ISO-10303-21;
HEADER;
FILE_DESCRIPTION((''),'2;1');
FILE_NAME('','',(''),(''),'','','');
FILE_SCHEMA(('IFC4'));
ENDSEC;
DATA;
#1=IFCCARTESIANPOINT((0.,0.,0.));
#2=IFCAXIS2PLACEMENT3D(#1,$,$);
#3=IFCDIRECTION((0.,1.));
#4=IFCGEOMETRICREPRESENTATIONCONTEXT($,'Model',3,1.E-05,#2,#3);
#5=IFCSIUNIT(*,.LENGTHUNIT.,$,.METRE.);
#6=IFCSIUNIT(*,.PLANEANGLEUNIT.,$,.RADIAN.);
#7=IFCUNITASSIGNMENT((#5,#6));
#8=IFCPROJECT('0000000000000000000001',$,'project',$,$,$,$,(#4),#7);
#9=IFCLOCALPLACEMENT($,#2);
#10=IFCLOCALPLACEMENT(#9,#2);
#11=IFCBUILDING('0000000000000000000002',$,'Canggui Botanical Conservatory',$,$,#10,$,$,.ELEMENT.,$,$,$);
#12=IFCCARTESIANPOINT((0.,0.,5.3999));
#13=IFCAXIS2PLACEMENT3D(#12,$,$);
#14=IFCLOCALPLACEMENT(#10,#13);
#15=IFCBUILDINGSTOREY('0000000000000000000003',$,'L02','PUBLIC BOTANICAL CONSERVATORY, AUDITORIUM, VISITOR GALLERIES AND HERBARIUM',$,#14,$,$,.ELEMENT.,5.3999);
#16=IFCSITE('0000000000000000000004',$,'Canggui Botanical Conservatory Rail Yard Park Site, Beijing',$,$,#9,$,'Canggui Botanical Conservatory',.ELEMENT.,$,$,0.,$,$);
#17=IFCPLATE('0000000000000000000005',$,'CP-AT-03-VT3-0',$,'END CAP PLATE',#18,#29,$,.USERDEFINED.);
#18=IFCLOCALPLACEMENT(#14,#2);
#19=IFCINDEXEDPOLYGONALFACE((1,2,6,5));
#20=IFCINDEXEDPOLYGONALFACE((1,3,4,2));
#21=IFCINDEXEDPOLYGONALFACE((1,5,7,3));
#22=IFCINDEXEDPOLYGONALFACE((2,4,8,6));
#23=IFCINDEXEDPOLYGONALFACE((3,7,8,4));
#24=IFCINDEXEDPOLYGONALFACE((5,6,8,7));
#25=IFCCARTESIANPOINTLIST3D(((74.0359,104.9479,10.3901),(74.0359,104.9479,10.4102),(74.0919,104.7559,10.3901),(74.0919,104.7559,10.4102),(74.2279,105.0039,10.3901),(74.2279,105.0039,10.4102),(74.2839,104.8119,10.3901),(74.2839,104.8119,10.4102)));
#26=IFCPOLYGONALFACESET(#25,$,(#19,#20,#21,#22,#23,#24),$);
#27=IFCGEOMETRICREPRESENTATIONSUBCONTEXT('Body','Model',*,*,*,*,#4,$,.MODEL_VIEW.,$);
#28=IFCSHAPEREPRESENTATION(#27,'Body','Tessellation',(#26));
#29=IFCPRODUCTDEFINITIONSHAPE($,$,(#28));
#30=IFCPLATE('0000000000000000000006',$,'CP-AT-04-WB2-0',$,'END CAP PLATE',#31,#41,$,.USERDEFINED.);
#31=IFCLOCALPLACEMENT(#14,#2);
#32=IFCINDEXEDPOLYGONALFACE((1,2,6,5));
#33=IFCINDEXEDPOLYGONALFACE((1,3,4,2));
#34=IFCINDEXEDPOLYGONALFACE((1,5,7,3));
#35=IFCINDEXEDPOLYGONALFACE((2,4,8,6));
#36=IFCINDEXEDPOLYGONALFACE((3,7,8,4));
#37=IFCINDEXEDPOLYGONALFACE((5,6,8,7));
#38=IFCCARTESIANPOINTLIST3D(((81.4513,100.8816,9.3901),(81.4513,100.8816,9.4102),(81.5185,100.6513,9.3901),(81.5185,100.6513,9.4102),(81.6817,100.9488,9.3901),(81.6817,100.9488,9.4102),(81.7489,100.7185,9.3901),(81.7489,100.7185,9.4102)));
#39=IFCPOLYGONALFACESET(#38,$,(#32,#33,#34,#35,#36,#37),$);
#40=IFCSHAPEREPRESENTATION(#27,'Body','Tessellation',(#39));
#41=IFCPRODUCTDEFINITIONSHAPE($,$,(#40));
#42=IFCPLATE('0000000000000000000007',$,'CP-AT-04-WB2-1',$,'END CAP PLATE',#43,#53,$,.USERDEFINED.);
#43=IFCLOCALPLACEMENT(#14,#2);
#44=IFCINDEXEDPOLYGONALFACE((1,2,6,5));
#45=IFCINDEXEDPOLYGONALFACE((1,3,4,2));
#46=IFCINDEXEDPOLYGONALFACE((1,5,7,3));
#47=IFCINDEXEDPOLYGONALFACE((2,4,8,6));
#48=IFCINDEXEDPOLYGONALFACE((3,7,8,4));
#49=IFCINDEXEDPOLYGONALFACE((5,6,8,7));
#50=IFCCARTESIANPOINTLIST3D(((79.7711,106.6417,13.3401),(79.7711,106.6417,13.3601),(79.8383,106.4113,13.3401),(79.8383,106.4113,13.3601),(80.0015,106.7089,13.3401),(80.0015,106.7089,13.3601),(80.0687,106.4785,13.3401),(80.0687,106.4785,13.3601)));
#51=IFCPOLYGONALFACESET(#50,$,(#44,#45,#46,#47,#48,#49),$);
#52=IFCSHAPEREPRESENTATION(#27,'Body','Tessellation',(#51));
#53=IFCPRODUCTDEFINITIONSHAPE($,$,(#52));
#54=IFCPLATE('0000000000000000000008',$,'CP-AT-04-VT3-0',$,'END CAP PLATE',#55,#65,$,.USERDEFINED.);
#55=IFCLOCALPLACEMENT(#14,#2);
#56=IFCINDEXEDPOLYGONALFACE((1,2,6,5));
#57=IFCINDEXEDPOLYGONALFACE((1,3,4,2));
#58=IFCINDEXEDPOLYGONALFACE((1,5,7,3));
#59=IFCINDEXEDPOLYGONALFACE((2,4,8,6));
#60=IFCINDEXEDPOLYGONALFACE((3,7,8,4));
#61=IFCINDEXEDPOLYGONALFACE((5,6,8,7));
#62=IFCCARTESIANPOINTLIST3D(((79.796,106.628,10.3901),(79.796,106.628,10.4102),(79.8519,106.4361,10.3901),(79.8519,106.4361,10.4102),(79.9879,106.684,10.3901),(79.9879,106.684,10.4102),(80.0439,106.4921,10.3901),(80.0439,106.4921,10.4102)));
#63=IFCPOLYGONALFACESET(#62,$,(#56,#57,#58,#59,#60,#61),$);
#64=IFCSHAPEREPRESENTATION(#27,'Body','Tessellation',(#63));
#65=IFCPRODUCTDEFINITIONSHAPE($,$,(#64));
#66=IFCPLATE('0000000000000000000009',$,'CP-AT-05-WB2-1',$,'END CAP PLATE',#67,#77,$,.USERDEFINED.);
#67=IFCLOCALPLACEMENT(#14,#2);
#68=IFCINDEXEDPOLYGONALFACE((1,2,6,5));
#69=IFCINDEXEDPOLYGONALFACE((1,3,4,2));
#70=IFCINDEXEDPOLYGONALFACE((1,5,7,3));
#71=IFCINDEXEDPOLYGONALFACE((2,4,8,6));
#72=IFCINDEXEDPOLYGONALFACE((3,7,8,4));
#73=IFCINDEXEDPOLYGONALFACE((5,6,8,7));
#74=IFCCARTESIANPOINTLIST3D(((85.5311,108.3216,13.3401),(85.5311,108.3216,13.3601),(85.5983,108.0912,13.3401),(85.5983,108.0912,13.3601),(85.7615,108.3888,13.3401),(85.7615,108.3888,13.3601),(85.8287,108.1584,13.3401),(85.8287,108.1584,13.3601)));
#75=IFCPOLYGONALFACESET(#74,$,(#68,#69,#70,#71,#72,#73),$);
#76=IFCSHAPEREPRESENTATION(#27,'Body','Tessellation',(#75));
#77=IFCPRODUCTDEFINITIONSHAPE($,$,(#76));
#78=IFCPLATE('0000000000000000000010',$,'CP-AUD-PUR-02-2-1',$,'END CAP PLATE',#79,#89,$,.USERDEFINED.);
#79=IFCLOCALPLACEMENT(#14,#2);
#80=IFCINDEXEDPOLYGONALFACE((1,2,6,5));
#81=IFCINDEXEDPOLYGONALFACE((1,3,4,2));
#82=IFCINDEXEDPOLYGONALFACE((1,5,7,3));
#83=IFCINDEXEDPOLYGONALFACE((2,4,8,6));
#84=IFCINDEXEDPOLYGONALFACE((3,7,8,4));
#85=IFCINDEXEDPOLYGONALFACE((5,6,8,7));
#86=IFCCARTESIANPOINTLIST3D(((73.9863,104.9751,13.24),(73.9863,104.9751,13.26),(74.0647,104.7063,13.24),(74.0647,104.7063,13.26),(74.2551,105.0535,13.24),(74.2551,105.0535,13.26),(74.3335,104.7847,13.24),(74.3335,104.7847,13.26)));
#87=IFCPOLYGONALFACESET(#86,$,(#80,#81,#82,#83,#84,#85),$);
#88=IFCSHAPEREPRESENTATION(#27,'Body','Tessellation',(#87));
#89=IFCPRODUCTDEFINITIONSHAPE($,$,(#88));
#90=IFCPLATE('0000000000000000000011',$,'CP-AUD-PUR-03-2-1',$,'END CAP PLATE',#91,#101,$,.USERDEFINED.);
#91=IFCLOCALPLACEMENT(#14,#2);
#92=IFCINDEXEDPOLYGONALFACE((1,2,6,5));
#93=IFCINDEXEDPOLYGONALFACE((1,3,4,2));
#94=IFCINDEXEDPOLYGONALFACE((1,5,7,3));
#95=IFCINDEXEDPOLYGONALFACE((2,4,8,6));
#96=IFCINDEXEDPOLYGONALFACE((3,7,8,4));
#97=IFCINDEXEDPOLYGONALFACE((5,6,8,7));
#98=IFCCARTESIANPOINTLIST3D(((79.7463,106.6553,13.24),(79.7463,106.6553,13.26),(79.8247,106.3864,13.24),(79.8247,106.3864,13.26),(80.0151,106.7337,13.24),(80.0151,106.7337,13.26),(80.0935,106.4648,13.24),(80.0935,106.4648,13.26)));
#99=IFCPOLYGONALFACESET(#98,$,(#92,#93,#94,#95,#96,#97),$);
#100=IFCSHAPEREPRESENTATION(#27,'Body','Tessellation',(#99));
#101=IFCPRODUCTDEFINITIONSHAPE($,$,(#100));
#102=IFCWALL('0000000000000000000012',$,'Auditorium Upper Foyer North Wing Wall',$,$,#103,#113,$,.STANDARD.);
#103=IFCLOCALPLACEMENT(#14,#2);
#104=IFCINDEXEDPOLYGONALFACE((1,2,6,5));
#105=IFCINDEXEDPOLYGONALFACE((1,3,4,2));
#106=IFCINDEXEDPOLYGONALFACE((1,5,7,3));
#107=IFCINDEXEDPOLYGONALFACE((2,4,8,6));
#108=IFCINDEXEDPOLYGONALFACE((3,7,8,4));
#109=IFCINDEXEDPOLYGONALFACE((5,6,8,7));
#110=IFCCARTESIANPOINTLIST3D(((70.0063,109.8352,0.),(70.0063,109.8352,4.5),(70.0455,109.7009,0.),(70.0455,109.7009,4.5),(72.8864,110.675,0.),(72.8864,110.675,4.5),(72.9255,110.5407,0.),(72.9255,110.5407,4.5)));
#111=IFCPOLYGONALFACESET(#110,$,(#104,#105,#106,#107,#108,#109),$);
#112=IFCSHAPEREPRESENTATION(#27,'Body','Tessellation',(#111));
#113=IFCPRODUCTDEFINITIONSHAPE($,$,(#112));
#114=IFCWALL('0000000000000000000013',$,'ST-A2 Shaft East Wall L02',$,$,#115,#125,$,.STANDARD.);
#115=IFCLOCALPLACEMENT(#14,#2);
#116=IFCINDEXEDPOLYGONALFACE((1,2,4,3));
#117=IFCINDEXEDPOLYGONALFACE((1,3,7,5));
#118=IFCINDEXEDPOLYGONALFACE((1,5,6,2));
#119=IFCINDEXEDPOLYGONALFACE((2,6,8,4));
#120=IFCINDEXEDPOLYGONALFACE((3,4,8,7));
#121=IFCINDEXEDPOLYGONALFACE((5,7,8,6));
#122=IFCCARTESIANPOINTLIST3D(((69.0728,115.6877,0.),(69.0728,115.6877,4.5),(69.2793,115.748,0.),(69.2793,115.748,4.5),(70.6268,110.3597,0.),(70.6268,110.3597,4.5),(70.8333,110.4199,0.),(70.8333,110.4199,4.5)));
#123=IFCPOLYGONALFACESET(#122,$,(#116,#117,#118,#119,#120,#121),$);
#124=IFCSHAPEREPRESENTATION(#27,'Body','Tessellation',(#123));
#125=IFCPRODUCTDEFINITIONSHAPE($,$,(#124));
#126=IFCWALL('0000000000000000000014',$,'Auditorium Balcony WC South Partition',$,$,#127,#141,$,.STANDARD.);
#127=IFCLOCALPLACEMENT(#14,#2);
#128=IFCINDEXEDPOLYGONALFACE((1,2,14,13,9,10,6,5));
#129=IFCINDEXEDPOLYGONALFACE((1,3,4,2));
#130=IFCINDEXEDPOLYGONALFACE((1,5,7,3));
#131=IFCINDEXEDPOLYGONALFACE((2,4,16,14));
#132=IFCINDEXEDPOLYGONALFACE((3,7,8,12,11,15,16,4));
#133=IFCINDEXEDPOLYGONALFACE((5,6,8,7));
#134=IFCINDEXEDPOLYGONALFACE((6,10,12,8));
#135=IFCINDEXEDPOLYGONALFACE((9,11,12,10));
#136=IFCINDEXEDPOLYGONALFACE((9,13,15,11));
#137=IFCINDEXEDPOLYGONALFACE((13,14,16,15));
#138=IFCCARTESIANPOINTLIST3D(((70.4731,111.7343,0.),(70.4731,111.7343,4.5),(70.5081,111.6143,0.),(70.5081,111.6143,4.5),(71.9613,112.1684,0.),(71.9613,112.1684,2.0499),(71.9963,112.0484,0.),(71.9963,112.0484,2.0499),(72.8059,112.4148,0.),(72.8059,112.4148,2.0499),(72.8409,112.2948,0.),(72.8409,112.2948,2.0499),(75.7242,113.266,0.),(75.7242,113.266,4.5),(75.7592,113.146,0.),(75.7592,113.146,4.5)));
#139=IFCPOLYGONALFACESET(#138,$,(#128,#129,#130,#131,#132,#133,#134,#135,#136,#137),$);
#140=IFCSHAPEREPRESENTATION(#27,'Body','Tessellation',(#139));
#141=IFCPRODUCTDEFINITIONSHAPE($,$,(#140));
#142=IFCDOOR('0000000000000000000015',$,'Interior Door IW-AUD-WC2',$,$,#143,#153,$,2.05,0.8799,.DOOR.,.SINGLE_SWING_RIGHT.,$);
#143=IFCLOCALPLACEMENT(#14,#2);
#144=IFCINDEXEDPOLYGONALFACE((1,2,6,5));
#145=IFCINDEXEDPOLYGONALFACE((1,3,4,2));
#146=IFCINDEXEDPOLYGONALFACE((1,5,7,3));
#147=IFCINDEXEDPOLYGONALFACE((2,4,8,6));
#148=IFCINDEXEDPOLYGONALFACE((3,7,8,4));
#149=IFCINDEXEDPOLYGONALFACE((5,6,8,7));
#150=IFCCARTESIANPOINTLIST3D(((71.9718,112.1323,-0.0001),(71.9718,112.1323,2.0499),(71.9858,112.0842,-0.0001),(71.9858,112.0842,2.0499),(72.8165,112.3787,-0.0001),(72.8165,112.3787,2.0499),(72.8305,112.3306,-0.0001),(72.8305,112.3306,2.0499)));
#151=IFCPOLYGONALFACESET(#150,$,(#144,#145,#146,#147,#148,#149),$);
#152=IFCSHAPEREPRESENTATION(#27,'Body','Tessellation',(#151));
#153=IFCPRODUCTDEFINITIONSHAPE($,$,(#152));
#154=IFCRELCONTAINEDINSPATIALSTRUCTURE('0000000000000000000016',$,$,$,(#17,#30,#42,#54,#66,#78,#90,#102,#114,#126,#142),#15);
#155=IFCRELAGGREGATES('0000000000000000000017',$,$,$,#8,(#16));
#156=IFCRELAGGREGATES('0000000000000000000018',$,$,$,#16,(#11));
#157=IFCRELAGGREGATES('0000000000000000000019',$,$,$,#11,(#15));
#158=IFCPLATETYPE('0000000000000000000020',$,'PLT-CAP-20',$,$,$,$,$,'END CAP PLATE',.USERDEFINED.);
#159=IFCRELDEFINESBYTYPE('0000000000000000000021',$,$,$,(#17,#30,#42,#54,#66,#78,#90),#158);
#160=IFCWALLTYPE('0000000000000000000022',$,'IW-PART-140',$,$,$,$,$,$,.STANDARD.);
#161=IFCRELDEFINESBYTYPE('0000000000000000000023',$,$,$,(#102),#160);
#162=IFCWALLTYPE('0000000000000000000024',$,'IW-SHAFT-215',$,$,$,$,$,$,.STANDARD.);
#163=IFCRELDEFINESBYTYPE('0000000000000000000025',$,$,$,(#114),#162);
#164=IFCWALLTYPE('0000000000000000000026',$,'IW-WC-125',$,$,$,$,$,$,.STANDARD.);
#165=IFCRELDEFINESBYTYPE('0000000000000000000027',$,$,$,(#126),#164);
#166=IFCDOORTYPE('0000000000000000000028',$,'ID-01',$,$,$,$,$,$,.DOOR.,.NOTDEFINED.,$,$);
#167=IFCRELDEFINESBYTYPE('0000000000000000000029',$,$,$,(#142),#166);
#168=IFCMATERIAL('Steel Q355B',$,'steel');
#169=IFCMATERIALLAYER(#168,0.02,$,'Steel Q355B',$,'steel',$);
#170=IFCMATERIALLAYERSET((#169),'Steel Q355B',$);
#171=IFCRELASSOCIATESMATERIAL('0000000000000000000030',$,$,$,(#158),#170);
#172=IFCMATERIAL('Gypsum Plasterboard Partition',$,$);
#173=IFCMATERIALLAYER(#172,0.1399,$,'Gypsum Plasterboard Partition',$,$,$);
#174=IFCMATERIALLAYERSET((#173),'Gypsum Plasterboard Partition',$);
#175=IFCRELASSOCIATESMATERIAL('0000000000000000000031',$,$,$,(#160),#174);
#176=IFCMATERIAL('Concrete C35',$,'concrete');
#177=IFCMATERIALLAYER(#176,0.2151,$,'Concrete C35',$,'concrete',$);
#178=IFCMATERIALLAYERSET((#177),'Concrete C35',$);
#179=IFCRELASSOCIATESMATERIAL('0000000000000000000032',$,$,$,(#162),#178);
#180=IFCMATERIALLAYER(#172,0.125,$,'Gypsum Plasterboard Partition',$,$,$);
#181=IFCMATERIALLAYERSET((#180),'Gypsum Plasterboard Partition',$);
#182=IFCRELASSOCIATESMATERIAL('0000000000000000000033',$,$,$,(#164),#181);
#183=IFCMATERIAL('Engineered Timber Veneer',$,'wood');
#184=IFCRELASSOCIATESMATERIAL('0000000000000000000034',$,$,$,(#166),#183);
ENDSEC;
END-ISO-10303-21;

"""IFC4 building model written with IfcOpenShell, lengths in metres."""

from ifc_helpers import new_model, si_unit, direction, frame, frame_2d, origin, origin_2d, place, context, subcontext, project, spatial, rectangle, extrude, material, layer, layer_set, type_object, element, fill, save


model = new_model("IFC4")

# Units and contexts
model_context = context("Model", 3, precision=1e-05, world=origin(), true_north=direction((0.0, 1.0)))
body_context = subcontext(model_context, "Body", "Model", "MODEL_VIEW")
ifc_project = project(units=[si_unit("LENGTHUNIT", "METRE"), si_unit("PLANEANGLEUNIT", "RADIAN")], contexts=[model_context])

# Site, building, storey
site_placement = place(None, origin())
site = spatial("IfcSite", under=ifc_project, at=site_placement, Name="Canggui Botanical Conservatory Rail Yard Park Site, Beijing", LongName="Canggui Botanical Conservatory", CompositionType="ELEMENT", RefElevation=0.0)
building_placement = place(site_placement, origin())
building = spatial("IfcBuilding", under=site, at=building_placement, Name="Canggui Botanical Conservatory", CompositionType="ELEMENT")
storey_placement = place(building_placement, frame((0.0, 0.0, 5.3999)))
storey = spatial("IfcBuildingStorey", under=building, at=storey_placement, Name="L02", Description="PUBLIC BOTANICAL CONSERVATORY, AUDITORIUM, VISITOR GALLERIES AND HERBARIUM", CompositionType="ELEMENT", Elevation=5.3999)

# Shared definitions
ifc_material_1 = material(Name="Steel Q355B", Category="steel")

# Plates
ifc_layer_1 = layer(ifc_material_1, 0.02, Name="Steel Q355B", Category="steel")
ifc_layer_set_1 = layer_set([ifc_layer_1], Name="Steel Q355B")
plate_type = type_object("IfcPlateType", Name="PLT-CAP-20", ElementType="END CAP PLATE", PredefinedType="USERDEFINED", material=ifc_layer_set_1)
plate_1_placement = place(storey_placement, frame((74.1599, 104.8799, 10.3901), z_axis=(0.0, 0.0, 1.0), x_axis=(0.96, 0.28, 0.0)))
element("IfcPlate", 1, at=plate_1_placement, inside=storey, type_object=plate_type, Name="CP-AT-03-VT3-0", ObjectType="END CAP PLATE", PredefinedType="USERDEFINED", context=body_context, shape_type="SweptSolid", body=[
    extrude(rectangle(XDim=0.2, YDim=0.2, at=origin_2d()), origin(), (0.0, 0.0, 1.0), 0.02),
])
for number, where, z_axis, x_axis, name in (
    (2, (81.6001, 100.8, 9.3901), (0.0, 0.0, 1.0), (0.96, 0.28, 0.0), "CP-AT-04-WB2-0"),
    (3, (79.9199, 106.5601, 13.3401), (0.0, 0.0, 1.0), (0.96, 0.28, 0.0), "CP-AT-04-WB2-1"),
):
    element("IfcPlate", number, at=place(storey_placement, frame(where, z_axis=z_axis, x_axis=x_axis)), inside=storey, type_object=plate_type, Name=name, ObjectType="END CAP PLATE", PredefinedType="USERDEFINED", context=body_context, shape_type="SweptSolid", body=[
        extrude(rectangle(XDim=0.24, YDim=0.24, at=origin_2d()), origin(), (0.0, 0.0, 1.0), 0.02),
    ])
plate_2_placement = place(storey_placement, frame((79.9199, 106.5601, 10.3901), z_axis=(0.0, 0.0, 1.0), x_axis=(0.96, 0.28, 0.0)))
element("IfcPlate", 4, at=plate_2_placement, inside=storey, type_object=plate_type, Name="CP-AT-04-VT3-0", ObjectType="END CAP PLATE", PredefinedType="USERDEFINED", context=body_context, shape_type="SweptSolid", body=[
    extrude(rectangle(XDim=0.2, YDim=0.2, at=origin_2d()), origin(), (0.0, 0.0, 1.0), 0.02),
])
plate_3_placement = place(storey_placement, frame((85.6799, 108.24, 13.3401), z_axis=(0.0, 0.0, 1.0), x_axis=(0.96, 0.28, 0.0)))
element("IfcPlate", 5, at=plate_3_placement, inside=storey, type_object=plate_type, Name="CP-AT-05-WB2-1", ObjectType="END CAP PLATE", PredefinedType="USERDEFINED", context=body_context, shape_type="SweptSolid", body=[
    extrude(rectangle(XDim=0.24, YDim=0.24, at=origin_2d()), origin(), (0.0, 0.0, 1.0), 0.02),
])
for number, where, z_axis, x_axis, name in (
    (6, (74.1599, 104.8799, 13.24), (0.0, 0.0, 1.0), (0.96, 0.28, 0.0), "CP-AUD-PUR-02-2-1"),
    (7, (79.9199, 106.5601, 13.24), (0.0, 0.0, 1.0), (0.96, 0.28, 0.0), "CP-AUD-PUR-03-2-1"),
):
    element("IfcPlate", number, at=place(storey_placement, frame(where, z_axis=z_axis, x_axis=x_axis)), inside=storey, type_object=plate_type, Name=name, ObjectType="END CAP PLATE", PredefinedType="USERDEFINED", context=body_context, shape_type="SweptSolid", body=[
        extrude(rectangle(XDim=0.28, YDim=0.28, at=origin_2d()), origin(), (0.0, 0.0, 1.0), 0.02),
    ])

# Walls
ifc_material_2 = material(Name="Gypsum Plasterboard Partition")
ifc_layer_2 = layer(ifc_material_2, 0.1399, Name="Gypsum Plasterboard Partition")
ifc_layer_set_2 = layer_set([ifc_layer_2], Name="Gypsum Plasterboard Partition")
wall_type_1 = type_object("IfcWallType", Name="IW-PART-140", PredefinedType="STANDARD", material=ifc_layer_set_2)
wall_1_placement = place(storey_placement, frame((70.0259, 109.7681, 0.0), z_axis=(0.0, 0.0, 1.0), x_axis=(0.960017, 0.279941, 0.0)))
element("IfcWall", 8, at=wall_1_placement, inside=storey, type_object=wall_type_1, Name="Auditorium Upper Foyer North Wing Wall", PredefinedType="STANDARD", context=body_context, shape_type="SweptSolid", body=[
    extrude(rectangle(XDim=3.0, YDim=0.1399, at=frame_2d((1.5, 0.0))), origin(), (0.0, 0.0, 1.0), 4.5),
])
ifc_material_3 = material(Name="Concrete C35", Category="concrete")
ifc_layer_3 = layer(ifc_material_3, 0.2151, Name="Concrete C35", Category="concrete")
ifc_layer_set_3 = layer_set([ifc_layer_3], Name="Concrete C35")
wall_type_2 = type_object("IfcWallType", Name="IW-SHAFT-215", PredefinedType="STANDARD", material=ifc_layer_set_3)
wall_2_placement = place(storey_placement, frame((70.73, 110.3899, 0.0), z_axis=(0.0, 0.0, 1.0), x_axis=(-0.279986, 0.960004, 0.0)))
element("IfcWall", 9, at=wall_2_placement, inside=storey, type_object=wall_type_2, Name="ST-A2 Shaft East Wall L02", PredefinedType="STANDARD", context=body_context, shape_type="SweptSolid", body=[
    extrude(rectangle(XDim=5.55, YDim=0.2151, at=frame_2d((2.7749, 0.0))), origin(), (0.0, 0.0, 1.0), 4.5),
])

# Wall, opening, door
ifc_layer_4 = layer(ifc_material_2, 0.125, Name="Gypsum Plasterboard Partition")
ifc_layer_set_4 = layer_set([ifc_layer_4], Name="Gypsum Plasterboard Partition")
wall_type_3 = type_object("IfcWallType", Name="IW-WC-125", PredefinedType="STANDARD", material=ifc_layer_set_4)
wall_3_placement = place(storey_placement, frame((70.4907, 111.6743, 0.0), z_axis=(0.0, 0.0, 1.0), x_axis=(0.959994, 0.280022, 0.0)))
wall_3 = element("IfcWall", 10, at=wall_3_placement, inside=storey, type_object=wall_type_3, Name="Auditorium Balcony WC South Partition", PredefinedType="STANDARD", context=body_context, shape_type="SweptSolid", body=[
    extrude(rectangle(XDim=5.47, YDim=0.125, at=frame_2d((2.7349, 0.0))), origin(), (0.0, 0.0, 1.0), 4.5),
])
opening_placement = place(wall_3_placement, frame((1.55, 0.0, 0.0)))
opening = element("IfcOpeningElement", 11, at=opening_placement, cuts=wall_3, PredefinedType="OPENING", context=body_context, shape_type="SweptSolid", body=[
    extrude(rectangle(XDim=0.8799, YDim=2.05, at=frame_2d((0.4399, 1.0249))), frame((0.0, 0.0725, 0.0), z_axis=(0.0, -1.0, 0.0), x_axis=(1.0, 0.0, 0.0)), (0.0, 0.0, 1.0), 0.145),
])
ifc_material_4 = material(Name="Engineered Timber Veneer", Category="wood")
door_type = type_object("IfcDoorType", Name="ID-01", OperationType="NOTDEFINED", PredefinedType="DOOR", material=ifc_material_4)
door_placement = place(opening_placement, origin())
door = element("IfcDoor", 12, at=door_placement, inside=storey, type_object=door_type, Name="Interior Door IW-AUD-WC2", OperationType="SINGLE_SWING_RIGHT", OverallHeight=2.05, OverallWidth=0.8799, PredefinedType="DOOR", context=body_context, shape_type="SweptSolid", body=[
    extrude(rectangle(XDim=0.8799, YDim=2.05, at=frame_2d((0.4399, 1.0249))), frame((0.0, 0.0249, 0.0), z_axis=(0.0, -1.0, 0.0), x_axis=(1.0, 0.0, 0.0)), (0.0, 0.0, 1.0), 0.05),
])
fill(opening, door)

save(model, "model.ifc")
